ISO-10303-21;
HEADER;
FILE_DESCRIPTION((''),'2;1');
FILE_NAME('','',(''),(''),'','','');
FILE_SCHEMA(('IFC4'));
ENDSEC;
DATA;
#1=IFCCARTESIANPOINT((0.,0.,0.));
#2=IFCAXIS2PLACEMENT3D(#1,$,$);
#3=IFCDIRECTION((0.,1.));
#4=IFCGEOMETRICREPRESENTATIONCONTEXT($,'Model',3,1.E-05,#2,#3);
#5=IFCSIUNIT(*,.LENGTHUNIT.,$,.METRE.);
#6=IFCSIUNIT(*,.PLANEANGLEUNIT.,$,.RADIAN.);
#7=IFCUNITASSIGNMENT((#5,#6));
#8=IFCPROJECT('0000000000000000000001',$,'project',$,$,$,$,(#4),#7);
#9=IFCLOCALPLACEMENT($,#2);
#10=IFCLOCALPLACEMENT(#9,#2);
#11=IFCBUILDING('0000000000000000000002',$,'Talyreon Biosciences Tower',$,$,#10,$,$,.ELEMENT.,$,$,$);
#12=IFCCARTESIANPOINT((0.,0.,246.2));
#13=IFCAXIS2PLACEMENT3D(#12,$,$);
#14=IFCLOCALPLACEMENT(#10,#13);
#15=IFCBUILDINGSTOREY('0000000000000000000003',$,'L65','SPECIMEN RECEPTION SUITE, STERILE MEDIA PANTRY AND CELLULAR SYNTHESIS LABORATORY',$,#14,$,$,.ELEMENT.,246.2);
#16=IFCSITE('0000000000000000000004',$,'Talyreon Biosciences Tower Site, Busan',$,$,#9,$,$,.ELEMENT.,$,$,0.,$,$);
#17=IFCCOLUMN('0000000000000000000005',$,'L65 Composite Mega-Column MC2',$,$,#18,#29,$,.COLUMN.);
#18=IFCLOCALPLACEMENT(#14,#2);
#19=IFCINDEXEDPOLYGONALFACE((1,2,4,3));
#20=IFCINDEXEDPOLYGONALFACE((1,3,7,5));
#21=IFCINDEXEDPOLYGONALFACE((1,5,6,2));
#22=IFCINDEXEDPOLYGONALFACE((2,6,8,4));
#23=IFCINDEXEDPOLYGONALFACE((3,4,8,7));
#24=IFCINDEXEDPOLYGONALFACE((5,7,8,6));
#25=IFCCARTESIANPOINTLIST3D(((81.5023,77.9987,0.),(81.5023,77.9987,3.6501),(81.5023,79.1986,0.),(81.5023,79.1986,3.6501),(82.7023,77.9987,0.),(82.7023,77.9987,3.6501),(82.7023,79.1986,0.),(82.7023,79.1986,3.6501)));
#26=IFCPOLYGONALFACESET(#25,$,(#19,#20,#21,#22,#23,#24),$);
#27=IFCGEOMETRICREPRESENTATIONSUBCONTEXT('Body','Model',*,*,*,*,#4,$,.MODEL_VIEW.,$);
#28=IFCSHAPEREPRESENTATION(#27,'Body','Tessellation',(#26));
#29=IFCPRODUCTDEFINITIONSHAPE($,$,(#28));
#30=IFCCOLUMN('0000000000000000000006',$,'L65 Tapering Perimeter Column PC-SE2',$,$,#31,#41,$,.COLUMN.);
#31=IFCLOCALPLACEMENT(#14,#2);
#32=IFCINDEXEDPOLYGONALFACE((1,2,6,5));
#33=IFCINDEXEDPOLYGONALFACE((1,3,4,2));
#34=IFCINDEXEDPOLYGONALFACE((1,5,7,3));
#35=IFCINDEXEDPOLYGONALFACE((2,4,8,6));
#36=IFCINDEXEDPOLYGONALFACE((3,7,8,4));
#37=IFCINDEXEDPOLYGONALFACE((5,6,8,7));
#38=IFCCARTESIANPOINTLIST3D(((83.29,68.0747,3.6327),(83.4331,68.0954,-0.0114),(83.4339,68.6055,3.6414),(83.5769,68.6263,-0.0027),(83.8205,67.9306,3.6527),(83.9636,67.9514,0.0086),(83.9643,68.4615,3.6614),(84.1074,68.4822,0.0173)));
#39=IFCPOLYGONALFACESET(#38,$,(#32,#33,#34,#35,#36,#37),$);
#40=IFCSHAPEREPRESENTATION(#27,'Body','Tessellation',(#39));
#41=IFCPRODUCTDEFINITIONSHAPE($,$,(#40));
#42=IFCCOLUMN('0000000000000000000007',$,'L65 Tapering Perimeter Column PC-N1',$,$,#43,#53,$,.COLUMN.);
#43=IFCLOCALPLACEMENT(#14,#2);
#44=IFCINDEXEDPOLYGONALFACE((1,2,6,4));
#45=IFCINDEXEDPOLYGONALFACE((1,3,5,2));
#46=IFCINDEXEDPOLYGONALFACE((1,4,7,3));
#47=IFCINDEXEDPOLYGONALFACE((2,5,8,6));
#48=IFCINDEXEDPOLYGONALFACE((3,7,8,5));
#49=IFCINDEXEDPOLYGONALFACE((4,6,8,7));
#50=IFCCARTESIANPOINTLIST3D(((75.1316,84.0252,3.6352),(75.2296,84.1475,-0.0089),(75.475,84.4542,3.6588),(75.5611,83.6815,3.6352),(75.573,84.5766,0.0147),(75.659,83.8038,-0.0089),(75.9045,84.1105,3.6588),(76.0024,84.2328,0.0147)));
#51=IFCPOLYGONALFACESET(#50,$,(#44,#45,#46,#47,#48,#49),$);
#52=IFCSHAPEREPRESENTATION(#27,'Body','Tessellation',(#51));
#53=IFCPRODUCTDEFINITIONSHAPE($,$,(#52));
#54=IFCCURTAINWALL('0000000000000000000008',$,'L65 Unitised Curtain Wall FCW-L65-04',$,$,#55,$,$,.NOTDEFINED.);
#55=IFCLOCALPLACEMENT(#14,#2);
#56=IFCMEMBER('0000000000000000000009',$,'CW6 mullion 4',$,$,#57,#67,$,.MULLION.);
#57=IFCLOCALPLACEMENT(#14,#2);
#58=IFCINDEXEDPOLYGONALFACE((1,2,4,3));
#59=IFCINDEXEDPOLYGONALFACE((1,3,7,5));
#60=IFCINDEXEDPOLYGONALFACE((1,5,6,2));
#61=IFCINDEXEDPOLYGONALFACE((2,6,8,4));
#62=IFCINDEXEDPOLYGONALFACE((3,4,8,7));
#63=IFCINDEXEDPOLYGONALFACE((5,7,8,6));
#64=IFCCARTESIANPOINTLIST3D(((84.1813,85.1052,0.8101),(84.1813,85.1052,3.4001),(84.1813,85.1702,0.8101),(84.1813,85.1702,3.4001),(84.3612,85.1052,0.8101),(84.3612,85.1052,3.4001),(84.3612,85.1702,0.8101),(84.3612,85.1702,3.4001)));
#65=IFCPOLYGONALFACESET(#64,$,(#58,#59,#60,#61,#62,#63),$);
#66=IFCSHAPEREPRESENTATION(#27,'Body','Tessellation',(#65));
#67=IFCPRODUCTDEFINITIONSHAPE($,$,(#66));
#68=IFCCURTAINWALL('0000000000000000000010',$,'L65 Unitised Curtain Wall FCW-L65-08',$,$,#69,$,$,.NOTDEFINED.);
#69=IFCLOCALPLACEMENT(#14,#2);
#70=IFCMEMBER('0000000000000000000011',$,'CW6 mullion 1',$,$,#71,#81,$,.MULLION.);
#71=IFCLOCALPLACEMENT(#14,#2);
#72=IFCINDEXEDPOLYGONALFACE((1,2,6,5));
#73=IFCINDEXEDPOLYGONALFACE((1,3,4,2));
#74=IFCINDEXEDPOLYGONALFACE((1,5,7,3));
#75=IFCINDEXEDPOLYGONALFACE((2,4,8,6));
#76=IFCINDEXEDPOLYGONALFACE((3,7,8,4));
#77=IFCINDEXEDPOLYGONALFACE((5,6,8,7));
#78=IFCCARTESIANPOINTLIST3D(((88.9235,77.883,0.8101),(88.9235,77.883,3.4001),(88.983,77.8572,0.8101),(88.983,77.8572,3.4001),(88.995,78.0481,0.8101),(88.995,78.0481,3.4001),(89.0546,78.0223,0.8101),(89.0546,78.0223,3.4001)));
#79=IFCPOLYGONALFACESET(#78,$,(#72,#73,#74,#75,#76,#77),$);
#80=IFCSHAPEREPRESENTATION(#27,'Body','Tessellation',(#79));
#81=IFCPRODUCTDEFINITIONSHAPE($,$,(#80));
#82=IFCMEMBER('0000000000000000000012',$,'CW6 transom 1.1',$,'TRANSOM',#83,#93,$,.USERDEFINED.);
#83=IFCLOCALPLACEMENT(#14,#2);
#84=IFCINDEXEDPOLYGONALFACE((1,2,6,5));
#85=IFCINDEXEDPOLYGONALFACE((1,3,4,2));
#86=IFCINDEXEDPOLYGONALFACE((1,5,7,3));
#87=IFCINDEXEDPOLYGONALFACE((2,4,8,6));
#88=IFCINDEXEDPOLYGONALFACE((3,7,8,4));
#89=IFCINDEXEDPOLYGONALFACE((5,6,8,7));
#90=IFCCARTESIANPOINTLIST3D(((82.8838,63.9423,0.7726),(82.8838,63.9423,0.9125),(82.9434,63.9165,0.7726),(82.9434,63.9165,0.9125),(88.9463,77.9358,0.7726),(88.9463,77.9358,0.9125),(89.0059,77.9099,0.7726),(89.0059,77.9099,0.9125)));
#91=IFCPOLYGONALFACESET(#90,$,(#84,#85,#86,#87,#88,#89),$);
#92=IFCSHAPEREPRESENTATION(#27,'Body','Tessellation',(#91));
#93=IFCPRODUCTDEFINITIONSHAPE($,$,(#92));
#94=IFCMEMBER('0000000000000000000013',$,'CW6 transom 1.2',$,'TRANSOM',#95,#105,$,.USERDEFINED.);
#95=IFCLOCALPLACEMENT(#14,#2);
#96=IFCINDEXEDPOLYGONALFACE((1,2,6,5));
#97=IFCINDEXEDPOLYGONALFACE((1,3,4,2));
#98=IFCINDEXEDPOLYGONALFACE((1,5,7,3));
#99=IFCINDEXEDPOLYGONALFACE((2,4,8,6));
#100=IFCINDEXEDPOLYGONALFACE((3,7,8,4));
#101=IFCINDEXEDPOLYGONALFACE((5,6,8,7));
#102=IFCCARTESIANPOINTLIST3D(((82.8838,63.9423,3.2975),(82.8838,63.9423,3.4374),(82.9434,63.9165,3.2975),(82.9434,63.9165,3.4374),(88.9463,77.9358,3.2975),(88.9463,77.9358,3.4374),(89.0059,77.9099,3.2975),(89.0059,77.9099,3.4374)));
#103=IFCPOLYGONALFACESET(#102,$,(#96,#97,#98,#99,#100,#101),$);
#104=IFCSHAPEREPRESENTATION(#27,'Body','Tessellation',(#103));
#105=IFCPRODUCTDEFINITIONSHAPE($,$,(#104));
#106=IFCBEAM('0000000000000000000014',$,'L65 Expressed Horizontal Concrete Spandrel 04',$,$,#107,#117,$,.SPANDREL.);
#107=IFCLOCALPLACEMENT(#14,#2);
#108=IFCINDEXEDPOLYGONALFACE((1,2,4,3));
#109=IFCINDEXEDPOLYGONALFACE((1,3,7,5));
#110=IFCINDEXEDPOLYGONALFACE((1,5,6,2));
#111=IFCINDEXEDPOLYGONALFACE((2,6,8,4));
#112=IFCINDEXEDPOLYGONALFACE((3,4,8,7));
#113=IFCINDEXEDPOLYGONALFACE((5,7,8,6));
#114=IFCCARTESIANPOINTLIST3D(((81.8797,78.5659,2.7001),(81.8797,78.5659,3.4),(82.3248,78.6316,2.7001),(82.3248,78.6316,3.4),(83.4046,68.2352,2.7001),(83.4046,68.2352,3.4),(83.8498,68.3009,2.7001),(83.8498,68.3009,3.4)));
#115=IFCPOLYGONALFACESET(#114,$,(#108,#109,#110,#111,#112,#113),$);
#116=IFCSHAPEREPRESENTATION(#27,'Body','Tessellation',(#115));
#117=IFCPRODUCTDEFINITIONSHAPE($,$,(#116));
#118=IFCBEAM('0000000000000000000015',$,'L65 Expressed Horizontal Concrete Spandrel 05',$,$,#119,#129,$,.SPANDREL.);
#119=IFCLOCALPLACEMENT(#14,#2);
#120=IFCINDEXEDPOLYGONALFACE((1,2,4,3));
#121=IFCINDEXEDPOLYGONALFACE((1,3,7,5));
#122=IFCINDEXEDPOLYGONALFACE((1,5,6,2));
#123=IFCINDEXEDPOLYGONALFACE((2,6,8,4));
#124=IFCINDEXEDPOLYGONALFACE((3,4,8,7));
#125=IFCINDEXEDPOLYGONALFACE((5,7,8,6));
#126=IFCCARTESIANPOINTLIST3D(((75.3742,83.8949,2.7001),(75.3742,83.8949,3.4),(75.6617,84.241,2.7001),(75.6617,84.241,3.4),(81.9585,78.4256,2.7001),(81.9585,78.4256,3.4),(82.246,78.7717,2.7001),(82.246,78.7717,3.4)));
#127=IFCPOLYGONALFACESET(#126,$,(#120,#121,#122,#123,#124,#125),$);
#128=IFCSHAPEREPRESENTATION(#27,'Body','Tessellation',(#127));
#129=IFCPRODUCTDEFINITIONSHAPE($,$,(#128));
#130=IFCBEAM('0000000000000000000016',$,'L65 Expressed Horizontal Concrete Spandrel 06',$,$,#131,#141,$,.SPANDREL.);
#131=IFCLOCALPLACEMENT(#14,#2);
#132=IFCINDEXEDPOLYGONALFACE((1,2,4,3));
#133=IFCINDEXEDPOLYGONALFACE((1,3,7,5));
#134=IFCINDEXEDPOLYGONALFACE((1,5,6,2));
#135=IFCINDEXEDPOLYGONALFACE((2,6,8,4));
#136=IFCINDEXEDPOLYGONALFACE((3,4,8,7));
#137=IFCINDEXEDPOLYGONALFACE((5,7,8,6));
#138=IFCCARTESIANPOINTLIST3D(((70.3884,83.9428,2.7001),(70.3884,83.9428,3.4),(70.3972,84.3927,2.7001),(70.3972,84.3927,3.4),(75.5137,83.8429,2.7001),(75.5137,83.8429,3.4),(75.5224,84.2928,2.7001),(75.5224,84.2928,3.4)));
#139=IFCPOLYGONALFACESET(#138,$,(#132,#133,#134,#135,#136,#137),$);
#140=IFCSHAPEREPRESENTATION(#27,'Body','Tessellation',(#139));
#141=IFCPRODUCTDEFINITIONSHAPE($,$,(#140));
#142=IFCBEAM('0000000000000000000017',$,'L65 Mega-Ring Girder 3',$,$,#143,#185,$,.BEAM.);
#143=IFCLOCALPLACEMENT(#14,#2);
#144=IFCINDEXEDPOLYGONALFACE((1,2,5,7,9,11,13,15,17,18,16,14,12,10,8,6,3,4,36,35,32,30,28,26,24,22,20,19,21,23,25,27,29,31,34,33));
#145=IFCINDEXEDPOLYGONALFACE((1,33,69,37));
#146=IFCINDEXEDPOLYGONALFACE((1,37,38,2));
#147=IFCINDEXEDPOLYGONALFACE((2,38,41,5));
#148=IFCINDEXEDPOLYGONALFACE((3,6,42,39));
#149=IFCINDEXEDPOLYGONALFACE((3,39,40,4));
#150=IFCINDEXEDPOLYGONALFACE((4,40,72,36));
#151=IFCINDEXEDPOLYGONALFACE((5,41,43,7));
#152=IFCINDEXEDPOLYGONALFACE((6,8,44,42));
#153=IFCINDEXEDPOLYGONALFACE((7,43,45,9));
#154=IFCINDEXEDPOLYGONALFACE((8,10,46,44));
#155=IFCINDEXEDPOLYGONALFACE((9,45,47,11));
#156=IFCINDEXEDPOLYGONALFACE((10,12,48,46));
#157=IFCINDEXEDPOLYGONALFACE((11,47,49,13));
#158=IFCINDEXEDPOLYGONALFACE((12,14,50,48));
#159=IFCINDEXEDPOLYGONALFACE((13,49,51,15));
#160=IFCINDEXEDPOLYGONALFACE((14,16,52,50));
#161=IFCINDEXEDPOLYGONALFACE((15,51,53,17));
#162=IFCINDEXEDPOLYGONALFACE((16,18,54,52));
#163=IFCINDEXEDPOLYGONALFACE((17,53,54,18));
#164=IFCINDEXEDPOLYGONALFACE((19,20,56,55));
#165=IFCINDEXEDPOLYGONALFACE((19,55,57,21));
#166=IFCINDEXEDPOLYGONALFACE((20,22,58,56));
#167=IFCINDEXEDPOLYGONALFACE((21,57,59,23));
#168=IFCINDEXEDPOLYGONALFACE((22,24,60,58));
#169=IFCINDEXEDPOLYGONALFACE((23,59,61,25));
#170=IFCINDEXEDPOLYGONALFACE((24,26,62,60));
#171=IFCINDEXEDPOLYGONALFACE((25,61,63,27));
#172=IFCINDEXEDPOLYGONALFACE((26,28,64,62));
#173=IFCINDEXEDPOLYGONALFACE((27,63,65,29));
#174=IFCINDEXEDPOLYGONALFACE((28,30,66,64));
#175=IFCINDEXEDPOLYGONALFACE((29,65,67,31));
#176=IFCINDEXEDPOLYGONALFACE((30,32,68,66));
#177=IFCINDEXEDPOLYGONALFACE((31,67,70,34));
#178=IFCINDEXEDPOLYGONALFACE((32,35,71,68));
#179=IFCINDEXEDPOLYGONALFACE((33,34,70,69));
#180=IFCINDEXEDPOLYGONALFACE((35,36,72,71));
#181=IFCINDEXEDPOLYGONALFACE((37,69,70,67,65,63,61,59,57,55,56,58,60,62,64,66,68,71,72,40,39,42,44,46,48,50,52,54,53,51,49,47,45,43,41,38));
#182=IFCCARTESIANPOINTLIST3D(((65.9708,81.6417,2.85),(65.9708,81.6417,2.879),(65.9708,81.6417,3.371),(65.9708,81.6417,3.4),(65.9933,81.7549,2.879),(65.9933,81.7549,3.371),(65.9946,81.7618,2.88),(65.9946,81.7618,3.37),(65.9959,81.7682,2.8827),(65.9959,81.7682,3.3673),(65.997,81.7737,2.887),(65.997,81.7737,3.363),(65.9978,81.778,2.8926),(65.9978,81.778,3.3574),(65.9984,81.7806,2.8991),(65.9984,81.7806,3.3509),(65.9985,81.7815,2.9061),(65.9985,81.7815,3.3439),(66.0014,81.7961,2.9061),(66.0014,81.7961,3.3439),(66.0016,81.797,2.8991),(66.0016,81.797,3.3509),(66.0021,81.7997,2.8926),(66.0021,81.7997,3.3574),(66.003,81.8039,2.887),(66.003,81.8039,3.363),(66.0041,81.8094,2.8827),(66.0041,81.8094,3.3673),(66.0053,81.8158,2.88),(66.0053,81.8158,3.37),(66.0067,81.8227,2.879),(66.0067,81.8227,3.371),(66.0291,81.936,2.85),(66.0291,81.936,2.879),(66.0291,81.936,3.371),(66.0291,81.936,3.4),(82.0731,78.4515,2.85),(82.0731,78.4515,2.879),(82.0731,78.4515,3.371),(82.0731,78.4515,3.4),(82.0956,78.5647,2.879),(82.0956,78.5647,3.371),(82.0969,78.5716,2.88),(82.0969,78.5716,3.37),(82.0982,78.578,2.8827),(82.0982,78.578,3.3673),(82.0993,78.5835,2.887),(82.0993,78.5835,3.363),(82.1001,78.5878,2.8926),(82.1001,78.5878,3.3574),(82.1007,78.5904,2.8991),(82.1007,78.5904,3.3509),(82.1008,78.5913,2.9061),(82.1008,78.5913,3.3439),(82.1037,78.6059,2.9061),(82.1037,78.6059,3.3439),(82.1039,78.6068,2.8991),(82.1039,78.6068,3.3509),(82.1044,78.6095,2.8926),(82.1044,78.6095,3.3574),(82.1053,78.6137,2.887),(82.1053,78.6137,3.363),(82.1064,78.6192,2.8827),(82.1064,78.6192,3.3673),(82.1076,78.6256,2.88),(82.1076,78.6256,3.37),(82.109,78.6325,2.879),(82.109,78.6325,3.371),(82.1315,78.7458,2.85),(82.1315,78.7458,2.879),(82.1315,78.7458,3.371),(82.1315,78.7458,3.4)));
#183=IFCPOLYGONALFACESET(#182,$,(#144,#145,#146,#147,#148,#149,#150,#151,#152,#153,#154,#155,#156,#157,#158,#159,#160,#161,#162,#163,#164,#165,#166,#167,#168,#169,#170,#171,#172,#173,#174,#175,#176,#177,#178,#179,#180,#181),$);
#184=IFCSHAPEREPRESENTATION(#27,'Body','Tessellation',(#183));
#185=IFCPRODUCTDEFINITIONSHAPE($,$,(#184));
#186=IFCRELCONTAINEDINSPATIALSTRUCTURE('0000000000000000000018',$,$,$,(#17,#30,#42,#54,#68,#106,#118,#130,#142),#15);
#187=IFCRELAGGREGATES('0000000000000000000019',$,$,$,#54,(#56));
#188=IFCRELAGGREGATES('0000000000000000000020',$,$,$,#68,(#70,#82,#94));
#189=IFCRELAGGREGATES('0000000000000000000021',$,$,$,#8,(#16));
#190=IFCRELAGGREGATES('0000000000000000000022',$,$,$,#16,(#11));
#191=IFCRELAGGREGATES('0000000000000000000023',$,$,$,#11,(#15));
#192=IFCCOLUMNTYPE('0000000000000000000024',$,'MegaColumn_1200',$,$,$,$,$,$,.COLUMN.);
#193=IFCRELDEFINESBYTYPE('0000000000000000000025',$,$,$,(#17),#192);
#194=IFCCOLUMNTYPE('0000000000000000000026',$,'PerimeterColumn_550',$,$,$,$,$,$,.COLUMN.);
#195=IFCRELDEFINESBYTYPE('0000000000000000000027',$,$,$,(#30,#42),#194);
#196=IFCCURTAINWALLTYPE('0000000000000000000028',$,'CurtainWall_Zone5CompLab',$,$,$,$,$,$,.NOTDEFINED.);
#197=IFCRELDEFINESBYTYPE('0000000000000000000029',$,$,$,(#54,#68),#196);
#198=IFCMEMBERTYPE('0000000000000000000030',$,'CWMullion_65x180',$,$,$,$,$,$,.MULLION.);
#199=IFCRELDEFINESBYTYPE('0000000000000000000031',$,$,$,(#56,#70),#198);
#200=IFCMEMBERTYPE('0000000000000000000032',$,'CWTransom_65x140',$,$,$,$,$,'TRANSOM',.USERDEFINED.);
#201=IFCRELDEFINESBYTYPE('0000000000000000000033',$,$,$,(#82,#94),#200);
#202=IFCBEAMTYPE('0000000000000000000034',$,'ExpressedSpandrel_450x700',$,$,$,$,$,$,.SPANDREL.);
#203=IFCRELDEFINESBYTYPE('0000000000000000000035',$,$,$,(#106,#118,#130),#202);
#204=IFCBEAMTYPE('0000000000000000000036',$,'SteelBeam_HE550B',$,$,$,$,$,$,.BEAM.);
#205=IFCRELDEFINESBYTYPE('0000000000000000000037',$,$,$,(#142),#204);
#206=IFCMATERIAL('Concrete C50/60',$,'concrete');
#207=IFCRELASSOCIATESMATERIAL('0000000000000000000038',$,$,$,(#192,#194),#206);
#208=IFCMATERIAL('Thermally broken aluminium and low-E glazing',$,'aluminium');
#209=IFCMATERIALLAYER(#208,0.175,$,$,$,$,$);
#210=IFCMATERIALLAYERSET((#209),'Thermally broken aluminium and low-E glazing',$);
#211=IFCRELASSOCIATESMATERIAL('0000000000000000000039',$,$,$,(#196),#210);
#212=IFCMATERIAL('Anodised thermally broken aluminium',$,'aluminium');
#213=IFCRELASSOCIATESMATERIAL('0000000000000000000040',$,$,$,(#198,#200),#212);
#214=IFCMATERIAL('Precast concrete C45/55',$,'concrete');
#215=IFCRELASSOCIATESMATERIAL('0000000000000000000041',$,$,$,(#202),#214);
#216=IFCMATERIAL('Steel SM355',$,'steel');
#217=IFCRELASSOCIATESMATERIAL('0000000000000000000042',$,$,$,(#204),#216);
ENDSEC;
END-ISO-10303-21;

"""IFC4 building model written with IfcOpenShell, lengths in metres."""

from ifc_helpers import new_model, si_unit, direction, frame, origin, origin_2d, place, context, subcontext, project, spatial, rectangle, i_section, extrude, material, layer, layer_set, material_profile, profile_set, type_object, element, aggregate, save


model = new_model("IFC4")

# Units and contexts
model_context = context("Model", 3, precision=1e-05, world=origin(), true_north=direction((0.0, 1.0)))
body_context = subcontext(model_context, "Body", "Model", "MODEL_VIEW")
ifc_project = project(units=[si_unit("LENGTHUNIT", "METRE"), si_unit("PLANEANGLEUNIT", "RADIAN")], contexts=[model_context])

# Site, building, storey
site_placement = place(None, origin())
site = spatial("IfcSite", under=ifc_project, at=site_placement, Name="Talyreon Biosciences Tower Site, Busan", CompositionType="ELEMENT", RefElevation=0.0)
building_placement = place(site_placement, origin())
building = spatial("IfcBuilding", under=site, at=building_placement, Name="Talyreon Biosciences Tower", CompositionType="ELEMENT")
storey_placement = place(building_placement, frame((0.0, 0.0, 246.2)))
storey = spatial("IfcBuildingStorey", under=building, at=storey_placement, Name="L65", Description="SPECIMEN RECEPTION SUITE, STERILE MEDIA PANTRY AND CELLULAR SYNTHESIS LABORATORY", CompositionType="ELEMENT", Elevation=246.2)

# Columns
ifc_material_1 = material(Name="Concrete C50/60", Category="concrete")
ifc_material_profile_1 = material_profile(ifc_material_1, rectangle(XDim=1.2, YDim=1.2, at=origin_2d()), Name="RC 1200x1200")
ifc_profile_set_1 = profile_set([ifc_material_profile_1], Name="Concrete C50/60")
column_type_1 = type_object("IfcColumnType", Name="MegaColumn_1200", PredefinedType="COLUMN", material=ifc_profile_set_1)
column_1_placement = place(storey_placement, frame((82.1023, 78.5986, 0.0), z_axis=(0.0, 0.0, 1.0), x_axis=(1.0, 0.0, 0.0)))
element("IfcColumn", 1, at=column_1_placement, inside=storey, type_object=column_type_1, Name="L65 Composite Mega-Column MC2", PredefinedType="COLUMN", context=body_context, shape_type="SweptSolid", body=[
    extrude(rectangle(XDim=1.2, YDim=1.2, at=origin_2d()), origin(), (0.0, 0.0, 1.0), 3.6501),
])
ifc_material_profile_2 = material_profile(ifc_material_1, rectangle(XDim=0.55, YDim=0.55, at=origin_2d()), Name="RC 550x550")
ifc_profile_set_2 = profile_set([ifc_material_profile_2], Name="Concrete C50/60")
column_type_2 = type_object("IfcColumnType", Name="PerimeterColumn_550", PredefinedType="COLUMN", material=ifc_profile_set_2)
column_2_placement = place(storey_placement, frame((83.7703, 68.2888, 0.0029), z_axis=(-0.039229, -0.00569, 0.999214), x_axis=(0.964405, -0.261918, 0.036371)))
element("IfcColumn", 2, at=column_2_placement, inside=storey, type_object=column_type_2, Name="L65 Tapering Perimeter Column PC-SE2", PredefinedType="COLUMN", context=body_context, shape_type="SweptSolid", body=[
    extrude(rectangle(XDim=0.55, YDim=0.55, at=origin_2d()), origin(), (0.0, 0.0, 1.0), 3.647),
])
column_3_placement = place(storey_placement, frame((75.616, 84.1902, 0.0029), z_axis=(-0.026841, -0.033535, 0.999077), x_axis=(-0.780717, 0.624885, 0.0)))
element("IfcColumn", 3, at=column_3_placement, inside=storey, type_object=column_type_2, Name="L65 Tapering Perimeter Column PC-N1", PredefinedType="COLUMN", context=body_context, shape_type="SweptSolid", body=[
    extrude(rectangle(XDim=0.55, YDim=0.55, at=origin_2d()), origin(), (0.0, 0.0, 1.0), 3.6475),
])

# Curtain wall, member
ifc_material_2 = material(Name="Thermally broken aluminium and low-E glazing", Category="aluminium")
ifc_layer_1 = layer(ifc_material_2, 0.175)
ifc_layer_set_1 = layer_set([ifc_layer_1], Name="Thermally broken aluminium and low-E glazing")
curtain_wall_type = type_object("IfcCurtainWallType", Name="CurtainWall_Zone5CompLab", PredefinedType="NOTDEFINED", material=ifc_layer_set_1)
curtain_wall_1_placement = place(storey_placement, origin())
curtain_wall_1 = element("IfcCurtainWall", 4, at=curtain_wall_1_placement, inside=storey, type_object=curtain_wall_type, Name="L65 Unitised Curtain Wall FCW-L65-04", PredefinedType="NOTDEFINED")
ifc_material_3 = material(Name="Anodised thermally broken aluminium", Category="aluminium")
ifc_material_profile_3 = material_profile(ifc_material_3, rectangle(XDim=0.0649, YDim=0.1799, at=origin_2d()), Name="ALUM MULLION 65x180")
ifc_profile_set_3 = profile_set([ifc_material_profile_3], Name="Anodised thermally broken aluminium")
member_type_1 = type_object("IfcMemberType", Name="CWMullion_65x180", PredefinedType="MULLION", material=ifc_profile_set_3)
member_1_placement = place(storey_placement, frame((84.2712, 85.1377, 0.8101), z_axis=(0.0, 0.0, 1.0), x_axis=(0.0, 1.0, 0.0)))
member_1 = element("IfcMember", 5, at=member_1_placement, type_object=member_type_1, Name="CW6 mullion 4", PredefinedType="MULLION", context=body_context, shape_type="SweptSolid", body=[
    extrude(rectangle(XDim=0.0649, YDim=0.1799, at=origin_2d()), origin(), (0.0, 0.0, 1.0), 2.5901),
])

# Curtain wall, members
curtain_wall_2_placement = place(storey_placement, origin())
curtain_wall_2 = element("IfcCurtainWall", 6, at=curtain_wall_2_placement, inside=storey, type_object=curtain_wall_type, Name="L65 Unitised Curtain Wall FCW-L65-08", PredefinedType="NOTDEFINED")
member_2_placement = place(storey_placement, frame((88.989, 77.9526, 0.8101), z_axis=(0.0, 0.0, 1.0), x_axis=(0.917586, -0.397537, 0.0)))
member_2 = element("IfcMember", 7, at=member_2_placement, type_object=member_type_1, Name="CW6 mullion 1", PredefinedType="MULLION", context=body_context, shape_type="SweptSolid", body=[
    extrude(rectangle(XDim=0.0649, YDim=0.1799, at=origin_2d()), origin(), (0.0, 0.0, 1.0), 2.5901),
])
ifc_material_profile_4 = material_profile(ifc_material_3, rectangle(XDim=0.0649, YDim=0.1399, at=origin_2d()), Name="ALUM TRANSOM 65x140")
ifc_profile_set_4 = profile_set([ifc_material_profile_4], Name="Anodised thermally broken aluminium")
member_type_2 = type_object("IfcMemberType", Name="CWTransom_65x140", ElementType="TRANSOM", PredefinedType="USERDEFINED", material=ifc_profile_set_4)
member_3_placement = place(storey_placement, frame((88.9761, 77.9229, 0.8425), z_axis=(-0.397535, -0.917587, 0.0), x_axis=(0.917587, -0.397535, 0.0)))
member_3 = element("IfcMember", 8, at=member_3_placement, type_object=member_type_2, Name="CW6 transom 1.1", ObjectType="TRANSOM", PredefinedType="USERDEFINED", context=body_context, shape_type="SweptSolid", body=[
    extrude(rectangle(XDim=0.0649, YDim=0.1399, at=origin_2d()), origin(), (0.0, 0.0, 1.0), 15.2502),
])
member_4_placement = place(storey_placement, frame((88.9761, 77.9229, 3.3674), z_axis=(-0.397535, -0.917587, 0.0), x_axis=(0.917587, -0.397535, 0.0)))
member_4 = element("IfcMember", 9, at=member_4_placement, type_object=member_type_2, Name="CW6 transom 1.2", ObjectType="TRANSOM", PredefinedType="USERDEFINED", context=body_context, shape_type="SweptSolid", body=[
    extrude(rectangle(XDim=0.0649, YDim=0.1399, at=origin_2d()), origin(), (0.0, 0.0, 1.0), 15.2502),
])

# Beams
ifc_material_4 = material(Name="Precast concrete C45/55", Category="concrete")
ifc_material_profile_5 = material_profile(ifc_material_4, rectangle(XDim=0.45, YDim=0.7, at=origin_2d()), Name="RCB 450x700")
ifc_profile_set_5 = profile_set([ifc_material_profile_5], Name="Precast concrete C45/55")
beam_type_1 = type_object("IfcBeamType", Name="ExpressedSpandrel_450x700", PredefinedType="SPANDREL", material=ifc_profile_set_5)
beam_1_placement = place(storey_placement, frame((83.6272, 68.2681, 3.05), z_axis=(-0.146028, 0.98928, 0.0), x_axis=(-0.98928, -0.146028, 0.0)))
element("IfcBeam", 10, at=beam_1_placement, inside=storey, type_object=beam_type_1, Name="L65 Expressed Horizontal Concrete Spandrel 04", PredefinedType="SPANDREL", context=body_context, shape_type="SweptSolid", body=[
    extrude(rectangle(XDim=0.45, YDim=0.7, at=origin_2d()), origin(), (0.0, 0.0, 1.0), 10.4426),
])
beam_2_placement = place(storey_placement, frame((82.1023, 78.5986, 3.05), z_axis=(-0.769233, 0.638969, 0.0), x_axis=(-0.638969, -0.769233, 0.0)))
element("IfcBeam", 11, at=beam_2_placement, inside=storey, type_object=beam_type_1, Name="L65 Expressed Horizontal Concrete Spandrel 05", PredefinedType="SPANDREL", context=body_context, shape_type="SweptSolid", body=[
    extrude(rectangle(XDim=0.45, YDim=0.7, at=origin_2d()), origin(), (0.0, 0.0, 1.0), 8.5596),
])
beam_3_placement = place(storey_placement, frame((75.5181, 84.0679, 3.05), z_axis=(-0.99981, 0.019479, 0.0), x_axis=(-0.019479, -0.99981, 0.0)))
element("IfcBeam", 12, at=beam_3_placement, inside=storey, type_object=beam_type_1, Name="L65 Expressed Horizontal Concrete Spandrel 06", PredefinedType="SPANDREL", context=body_context, shape_type="SweptSolid", body=[
    extrude(rectangle(XDim=0.45, YDim=0.7, at=origin_2d()), origin(), (0.0, 0.0, 1.0), 5.1262),
])
ifc_material_5 = material(Name="Steel SM355", Category="steel")
ifc_material_profile_6 = material_profile(ifc_material_5, i_section(OverallWidth=0.3, OverallDepth=0.55, WebThickness=0.0149, FlangeThickness=0.0291, FilletRadius=0.0271, at=origin_2d()), Name="HE550B")
ifc_profile_set_6 = profile_set([ifc_material_profile_6], Name="Steel SM355")
beam_type_2 = type_object("IfcBeamType", Name="SteelBeam_HE550B", PredefinedType="BEAM", material=ifc_profile_set_6)
beam_4_placement = place(storey_placement, frame((82.1023, 78.5986, 3.125), z_axis=(-0.980934, 0.194343, 0.0), x_axis=(-0.194343, -0.980934, 0.0)))
element("IfcBeam", 13, at=beam_4_placement, inside=storey, type_object=beam_type_2, Name="L65 Mega-Ring Girder 3", PredefinedType="BEAM", context=body_context, shape_type="SweptSolid", body=[
    extrude(i_section(OverallWidth=0.3, OverallDepth=0.55, WebThickness=0.0149, FlangeThickness=0.0291, FilletRadius=0.0271, at=origin_2d()), origin(), (0.0, 0.0, 1.0), 16.4153),
])

aggregate(curtain_wall_1, [member_1])
aggregate(curtain_wall_2, [member_2, member_3, member_4])

save(model, "model.ifc")
